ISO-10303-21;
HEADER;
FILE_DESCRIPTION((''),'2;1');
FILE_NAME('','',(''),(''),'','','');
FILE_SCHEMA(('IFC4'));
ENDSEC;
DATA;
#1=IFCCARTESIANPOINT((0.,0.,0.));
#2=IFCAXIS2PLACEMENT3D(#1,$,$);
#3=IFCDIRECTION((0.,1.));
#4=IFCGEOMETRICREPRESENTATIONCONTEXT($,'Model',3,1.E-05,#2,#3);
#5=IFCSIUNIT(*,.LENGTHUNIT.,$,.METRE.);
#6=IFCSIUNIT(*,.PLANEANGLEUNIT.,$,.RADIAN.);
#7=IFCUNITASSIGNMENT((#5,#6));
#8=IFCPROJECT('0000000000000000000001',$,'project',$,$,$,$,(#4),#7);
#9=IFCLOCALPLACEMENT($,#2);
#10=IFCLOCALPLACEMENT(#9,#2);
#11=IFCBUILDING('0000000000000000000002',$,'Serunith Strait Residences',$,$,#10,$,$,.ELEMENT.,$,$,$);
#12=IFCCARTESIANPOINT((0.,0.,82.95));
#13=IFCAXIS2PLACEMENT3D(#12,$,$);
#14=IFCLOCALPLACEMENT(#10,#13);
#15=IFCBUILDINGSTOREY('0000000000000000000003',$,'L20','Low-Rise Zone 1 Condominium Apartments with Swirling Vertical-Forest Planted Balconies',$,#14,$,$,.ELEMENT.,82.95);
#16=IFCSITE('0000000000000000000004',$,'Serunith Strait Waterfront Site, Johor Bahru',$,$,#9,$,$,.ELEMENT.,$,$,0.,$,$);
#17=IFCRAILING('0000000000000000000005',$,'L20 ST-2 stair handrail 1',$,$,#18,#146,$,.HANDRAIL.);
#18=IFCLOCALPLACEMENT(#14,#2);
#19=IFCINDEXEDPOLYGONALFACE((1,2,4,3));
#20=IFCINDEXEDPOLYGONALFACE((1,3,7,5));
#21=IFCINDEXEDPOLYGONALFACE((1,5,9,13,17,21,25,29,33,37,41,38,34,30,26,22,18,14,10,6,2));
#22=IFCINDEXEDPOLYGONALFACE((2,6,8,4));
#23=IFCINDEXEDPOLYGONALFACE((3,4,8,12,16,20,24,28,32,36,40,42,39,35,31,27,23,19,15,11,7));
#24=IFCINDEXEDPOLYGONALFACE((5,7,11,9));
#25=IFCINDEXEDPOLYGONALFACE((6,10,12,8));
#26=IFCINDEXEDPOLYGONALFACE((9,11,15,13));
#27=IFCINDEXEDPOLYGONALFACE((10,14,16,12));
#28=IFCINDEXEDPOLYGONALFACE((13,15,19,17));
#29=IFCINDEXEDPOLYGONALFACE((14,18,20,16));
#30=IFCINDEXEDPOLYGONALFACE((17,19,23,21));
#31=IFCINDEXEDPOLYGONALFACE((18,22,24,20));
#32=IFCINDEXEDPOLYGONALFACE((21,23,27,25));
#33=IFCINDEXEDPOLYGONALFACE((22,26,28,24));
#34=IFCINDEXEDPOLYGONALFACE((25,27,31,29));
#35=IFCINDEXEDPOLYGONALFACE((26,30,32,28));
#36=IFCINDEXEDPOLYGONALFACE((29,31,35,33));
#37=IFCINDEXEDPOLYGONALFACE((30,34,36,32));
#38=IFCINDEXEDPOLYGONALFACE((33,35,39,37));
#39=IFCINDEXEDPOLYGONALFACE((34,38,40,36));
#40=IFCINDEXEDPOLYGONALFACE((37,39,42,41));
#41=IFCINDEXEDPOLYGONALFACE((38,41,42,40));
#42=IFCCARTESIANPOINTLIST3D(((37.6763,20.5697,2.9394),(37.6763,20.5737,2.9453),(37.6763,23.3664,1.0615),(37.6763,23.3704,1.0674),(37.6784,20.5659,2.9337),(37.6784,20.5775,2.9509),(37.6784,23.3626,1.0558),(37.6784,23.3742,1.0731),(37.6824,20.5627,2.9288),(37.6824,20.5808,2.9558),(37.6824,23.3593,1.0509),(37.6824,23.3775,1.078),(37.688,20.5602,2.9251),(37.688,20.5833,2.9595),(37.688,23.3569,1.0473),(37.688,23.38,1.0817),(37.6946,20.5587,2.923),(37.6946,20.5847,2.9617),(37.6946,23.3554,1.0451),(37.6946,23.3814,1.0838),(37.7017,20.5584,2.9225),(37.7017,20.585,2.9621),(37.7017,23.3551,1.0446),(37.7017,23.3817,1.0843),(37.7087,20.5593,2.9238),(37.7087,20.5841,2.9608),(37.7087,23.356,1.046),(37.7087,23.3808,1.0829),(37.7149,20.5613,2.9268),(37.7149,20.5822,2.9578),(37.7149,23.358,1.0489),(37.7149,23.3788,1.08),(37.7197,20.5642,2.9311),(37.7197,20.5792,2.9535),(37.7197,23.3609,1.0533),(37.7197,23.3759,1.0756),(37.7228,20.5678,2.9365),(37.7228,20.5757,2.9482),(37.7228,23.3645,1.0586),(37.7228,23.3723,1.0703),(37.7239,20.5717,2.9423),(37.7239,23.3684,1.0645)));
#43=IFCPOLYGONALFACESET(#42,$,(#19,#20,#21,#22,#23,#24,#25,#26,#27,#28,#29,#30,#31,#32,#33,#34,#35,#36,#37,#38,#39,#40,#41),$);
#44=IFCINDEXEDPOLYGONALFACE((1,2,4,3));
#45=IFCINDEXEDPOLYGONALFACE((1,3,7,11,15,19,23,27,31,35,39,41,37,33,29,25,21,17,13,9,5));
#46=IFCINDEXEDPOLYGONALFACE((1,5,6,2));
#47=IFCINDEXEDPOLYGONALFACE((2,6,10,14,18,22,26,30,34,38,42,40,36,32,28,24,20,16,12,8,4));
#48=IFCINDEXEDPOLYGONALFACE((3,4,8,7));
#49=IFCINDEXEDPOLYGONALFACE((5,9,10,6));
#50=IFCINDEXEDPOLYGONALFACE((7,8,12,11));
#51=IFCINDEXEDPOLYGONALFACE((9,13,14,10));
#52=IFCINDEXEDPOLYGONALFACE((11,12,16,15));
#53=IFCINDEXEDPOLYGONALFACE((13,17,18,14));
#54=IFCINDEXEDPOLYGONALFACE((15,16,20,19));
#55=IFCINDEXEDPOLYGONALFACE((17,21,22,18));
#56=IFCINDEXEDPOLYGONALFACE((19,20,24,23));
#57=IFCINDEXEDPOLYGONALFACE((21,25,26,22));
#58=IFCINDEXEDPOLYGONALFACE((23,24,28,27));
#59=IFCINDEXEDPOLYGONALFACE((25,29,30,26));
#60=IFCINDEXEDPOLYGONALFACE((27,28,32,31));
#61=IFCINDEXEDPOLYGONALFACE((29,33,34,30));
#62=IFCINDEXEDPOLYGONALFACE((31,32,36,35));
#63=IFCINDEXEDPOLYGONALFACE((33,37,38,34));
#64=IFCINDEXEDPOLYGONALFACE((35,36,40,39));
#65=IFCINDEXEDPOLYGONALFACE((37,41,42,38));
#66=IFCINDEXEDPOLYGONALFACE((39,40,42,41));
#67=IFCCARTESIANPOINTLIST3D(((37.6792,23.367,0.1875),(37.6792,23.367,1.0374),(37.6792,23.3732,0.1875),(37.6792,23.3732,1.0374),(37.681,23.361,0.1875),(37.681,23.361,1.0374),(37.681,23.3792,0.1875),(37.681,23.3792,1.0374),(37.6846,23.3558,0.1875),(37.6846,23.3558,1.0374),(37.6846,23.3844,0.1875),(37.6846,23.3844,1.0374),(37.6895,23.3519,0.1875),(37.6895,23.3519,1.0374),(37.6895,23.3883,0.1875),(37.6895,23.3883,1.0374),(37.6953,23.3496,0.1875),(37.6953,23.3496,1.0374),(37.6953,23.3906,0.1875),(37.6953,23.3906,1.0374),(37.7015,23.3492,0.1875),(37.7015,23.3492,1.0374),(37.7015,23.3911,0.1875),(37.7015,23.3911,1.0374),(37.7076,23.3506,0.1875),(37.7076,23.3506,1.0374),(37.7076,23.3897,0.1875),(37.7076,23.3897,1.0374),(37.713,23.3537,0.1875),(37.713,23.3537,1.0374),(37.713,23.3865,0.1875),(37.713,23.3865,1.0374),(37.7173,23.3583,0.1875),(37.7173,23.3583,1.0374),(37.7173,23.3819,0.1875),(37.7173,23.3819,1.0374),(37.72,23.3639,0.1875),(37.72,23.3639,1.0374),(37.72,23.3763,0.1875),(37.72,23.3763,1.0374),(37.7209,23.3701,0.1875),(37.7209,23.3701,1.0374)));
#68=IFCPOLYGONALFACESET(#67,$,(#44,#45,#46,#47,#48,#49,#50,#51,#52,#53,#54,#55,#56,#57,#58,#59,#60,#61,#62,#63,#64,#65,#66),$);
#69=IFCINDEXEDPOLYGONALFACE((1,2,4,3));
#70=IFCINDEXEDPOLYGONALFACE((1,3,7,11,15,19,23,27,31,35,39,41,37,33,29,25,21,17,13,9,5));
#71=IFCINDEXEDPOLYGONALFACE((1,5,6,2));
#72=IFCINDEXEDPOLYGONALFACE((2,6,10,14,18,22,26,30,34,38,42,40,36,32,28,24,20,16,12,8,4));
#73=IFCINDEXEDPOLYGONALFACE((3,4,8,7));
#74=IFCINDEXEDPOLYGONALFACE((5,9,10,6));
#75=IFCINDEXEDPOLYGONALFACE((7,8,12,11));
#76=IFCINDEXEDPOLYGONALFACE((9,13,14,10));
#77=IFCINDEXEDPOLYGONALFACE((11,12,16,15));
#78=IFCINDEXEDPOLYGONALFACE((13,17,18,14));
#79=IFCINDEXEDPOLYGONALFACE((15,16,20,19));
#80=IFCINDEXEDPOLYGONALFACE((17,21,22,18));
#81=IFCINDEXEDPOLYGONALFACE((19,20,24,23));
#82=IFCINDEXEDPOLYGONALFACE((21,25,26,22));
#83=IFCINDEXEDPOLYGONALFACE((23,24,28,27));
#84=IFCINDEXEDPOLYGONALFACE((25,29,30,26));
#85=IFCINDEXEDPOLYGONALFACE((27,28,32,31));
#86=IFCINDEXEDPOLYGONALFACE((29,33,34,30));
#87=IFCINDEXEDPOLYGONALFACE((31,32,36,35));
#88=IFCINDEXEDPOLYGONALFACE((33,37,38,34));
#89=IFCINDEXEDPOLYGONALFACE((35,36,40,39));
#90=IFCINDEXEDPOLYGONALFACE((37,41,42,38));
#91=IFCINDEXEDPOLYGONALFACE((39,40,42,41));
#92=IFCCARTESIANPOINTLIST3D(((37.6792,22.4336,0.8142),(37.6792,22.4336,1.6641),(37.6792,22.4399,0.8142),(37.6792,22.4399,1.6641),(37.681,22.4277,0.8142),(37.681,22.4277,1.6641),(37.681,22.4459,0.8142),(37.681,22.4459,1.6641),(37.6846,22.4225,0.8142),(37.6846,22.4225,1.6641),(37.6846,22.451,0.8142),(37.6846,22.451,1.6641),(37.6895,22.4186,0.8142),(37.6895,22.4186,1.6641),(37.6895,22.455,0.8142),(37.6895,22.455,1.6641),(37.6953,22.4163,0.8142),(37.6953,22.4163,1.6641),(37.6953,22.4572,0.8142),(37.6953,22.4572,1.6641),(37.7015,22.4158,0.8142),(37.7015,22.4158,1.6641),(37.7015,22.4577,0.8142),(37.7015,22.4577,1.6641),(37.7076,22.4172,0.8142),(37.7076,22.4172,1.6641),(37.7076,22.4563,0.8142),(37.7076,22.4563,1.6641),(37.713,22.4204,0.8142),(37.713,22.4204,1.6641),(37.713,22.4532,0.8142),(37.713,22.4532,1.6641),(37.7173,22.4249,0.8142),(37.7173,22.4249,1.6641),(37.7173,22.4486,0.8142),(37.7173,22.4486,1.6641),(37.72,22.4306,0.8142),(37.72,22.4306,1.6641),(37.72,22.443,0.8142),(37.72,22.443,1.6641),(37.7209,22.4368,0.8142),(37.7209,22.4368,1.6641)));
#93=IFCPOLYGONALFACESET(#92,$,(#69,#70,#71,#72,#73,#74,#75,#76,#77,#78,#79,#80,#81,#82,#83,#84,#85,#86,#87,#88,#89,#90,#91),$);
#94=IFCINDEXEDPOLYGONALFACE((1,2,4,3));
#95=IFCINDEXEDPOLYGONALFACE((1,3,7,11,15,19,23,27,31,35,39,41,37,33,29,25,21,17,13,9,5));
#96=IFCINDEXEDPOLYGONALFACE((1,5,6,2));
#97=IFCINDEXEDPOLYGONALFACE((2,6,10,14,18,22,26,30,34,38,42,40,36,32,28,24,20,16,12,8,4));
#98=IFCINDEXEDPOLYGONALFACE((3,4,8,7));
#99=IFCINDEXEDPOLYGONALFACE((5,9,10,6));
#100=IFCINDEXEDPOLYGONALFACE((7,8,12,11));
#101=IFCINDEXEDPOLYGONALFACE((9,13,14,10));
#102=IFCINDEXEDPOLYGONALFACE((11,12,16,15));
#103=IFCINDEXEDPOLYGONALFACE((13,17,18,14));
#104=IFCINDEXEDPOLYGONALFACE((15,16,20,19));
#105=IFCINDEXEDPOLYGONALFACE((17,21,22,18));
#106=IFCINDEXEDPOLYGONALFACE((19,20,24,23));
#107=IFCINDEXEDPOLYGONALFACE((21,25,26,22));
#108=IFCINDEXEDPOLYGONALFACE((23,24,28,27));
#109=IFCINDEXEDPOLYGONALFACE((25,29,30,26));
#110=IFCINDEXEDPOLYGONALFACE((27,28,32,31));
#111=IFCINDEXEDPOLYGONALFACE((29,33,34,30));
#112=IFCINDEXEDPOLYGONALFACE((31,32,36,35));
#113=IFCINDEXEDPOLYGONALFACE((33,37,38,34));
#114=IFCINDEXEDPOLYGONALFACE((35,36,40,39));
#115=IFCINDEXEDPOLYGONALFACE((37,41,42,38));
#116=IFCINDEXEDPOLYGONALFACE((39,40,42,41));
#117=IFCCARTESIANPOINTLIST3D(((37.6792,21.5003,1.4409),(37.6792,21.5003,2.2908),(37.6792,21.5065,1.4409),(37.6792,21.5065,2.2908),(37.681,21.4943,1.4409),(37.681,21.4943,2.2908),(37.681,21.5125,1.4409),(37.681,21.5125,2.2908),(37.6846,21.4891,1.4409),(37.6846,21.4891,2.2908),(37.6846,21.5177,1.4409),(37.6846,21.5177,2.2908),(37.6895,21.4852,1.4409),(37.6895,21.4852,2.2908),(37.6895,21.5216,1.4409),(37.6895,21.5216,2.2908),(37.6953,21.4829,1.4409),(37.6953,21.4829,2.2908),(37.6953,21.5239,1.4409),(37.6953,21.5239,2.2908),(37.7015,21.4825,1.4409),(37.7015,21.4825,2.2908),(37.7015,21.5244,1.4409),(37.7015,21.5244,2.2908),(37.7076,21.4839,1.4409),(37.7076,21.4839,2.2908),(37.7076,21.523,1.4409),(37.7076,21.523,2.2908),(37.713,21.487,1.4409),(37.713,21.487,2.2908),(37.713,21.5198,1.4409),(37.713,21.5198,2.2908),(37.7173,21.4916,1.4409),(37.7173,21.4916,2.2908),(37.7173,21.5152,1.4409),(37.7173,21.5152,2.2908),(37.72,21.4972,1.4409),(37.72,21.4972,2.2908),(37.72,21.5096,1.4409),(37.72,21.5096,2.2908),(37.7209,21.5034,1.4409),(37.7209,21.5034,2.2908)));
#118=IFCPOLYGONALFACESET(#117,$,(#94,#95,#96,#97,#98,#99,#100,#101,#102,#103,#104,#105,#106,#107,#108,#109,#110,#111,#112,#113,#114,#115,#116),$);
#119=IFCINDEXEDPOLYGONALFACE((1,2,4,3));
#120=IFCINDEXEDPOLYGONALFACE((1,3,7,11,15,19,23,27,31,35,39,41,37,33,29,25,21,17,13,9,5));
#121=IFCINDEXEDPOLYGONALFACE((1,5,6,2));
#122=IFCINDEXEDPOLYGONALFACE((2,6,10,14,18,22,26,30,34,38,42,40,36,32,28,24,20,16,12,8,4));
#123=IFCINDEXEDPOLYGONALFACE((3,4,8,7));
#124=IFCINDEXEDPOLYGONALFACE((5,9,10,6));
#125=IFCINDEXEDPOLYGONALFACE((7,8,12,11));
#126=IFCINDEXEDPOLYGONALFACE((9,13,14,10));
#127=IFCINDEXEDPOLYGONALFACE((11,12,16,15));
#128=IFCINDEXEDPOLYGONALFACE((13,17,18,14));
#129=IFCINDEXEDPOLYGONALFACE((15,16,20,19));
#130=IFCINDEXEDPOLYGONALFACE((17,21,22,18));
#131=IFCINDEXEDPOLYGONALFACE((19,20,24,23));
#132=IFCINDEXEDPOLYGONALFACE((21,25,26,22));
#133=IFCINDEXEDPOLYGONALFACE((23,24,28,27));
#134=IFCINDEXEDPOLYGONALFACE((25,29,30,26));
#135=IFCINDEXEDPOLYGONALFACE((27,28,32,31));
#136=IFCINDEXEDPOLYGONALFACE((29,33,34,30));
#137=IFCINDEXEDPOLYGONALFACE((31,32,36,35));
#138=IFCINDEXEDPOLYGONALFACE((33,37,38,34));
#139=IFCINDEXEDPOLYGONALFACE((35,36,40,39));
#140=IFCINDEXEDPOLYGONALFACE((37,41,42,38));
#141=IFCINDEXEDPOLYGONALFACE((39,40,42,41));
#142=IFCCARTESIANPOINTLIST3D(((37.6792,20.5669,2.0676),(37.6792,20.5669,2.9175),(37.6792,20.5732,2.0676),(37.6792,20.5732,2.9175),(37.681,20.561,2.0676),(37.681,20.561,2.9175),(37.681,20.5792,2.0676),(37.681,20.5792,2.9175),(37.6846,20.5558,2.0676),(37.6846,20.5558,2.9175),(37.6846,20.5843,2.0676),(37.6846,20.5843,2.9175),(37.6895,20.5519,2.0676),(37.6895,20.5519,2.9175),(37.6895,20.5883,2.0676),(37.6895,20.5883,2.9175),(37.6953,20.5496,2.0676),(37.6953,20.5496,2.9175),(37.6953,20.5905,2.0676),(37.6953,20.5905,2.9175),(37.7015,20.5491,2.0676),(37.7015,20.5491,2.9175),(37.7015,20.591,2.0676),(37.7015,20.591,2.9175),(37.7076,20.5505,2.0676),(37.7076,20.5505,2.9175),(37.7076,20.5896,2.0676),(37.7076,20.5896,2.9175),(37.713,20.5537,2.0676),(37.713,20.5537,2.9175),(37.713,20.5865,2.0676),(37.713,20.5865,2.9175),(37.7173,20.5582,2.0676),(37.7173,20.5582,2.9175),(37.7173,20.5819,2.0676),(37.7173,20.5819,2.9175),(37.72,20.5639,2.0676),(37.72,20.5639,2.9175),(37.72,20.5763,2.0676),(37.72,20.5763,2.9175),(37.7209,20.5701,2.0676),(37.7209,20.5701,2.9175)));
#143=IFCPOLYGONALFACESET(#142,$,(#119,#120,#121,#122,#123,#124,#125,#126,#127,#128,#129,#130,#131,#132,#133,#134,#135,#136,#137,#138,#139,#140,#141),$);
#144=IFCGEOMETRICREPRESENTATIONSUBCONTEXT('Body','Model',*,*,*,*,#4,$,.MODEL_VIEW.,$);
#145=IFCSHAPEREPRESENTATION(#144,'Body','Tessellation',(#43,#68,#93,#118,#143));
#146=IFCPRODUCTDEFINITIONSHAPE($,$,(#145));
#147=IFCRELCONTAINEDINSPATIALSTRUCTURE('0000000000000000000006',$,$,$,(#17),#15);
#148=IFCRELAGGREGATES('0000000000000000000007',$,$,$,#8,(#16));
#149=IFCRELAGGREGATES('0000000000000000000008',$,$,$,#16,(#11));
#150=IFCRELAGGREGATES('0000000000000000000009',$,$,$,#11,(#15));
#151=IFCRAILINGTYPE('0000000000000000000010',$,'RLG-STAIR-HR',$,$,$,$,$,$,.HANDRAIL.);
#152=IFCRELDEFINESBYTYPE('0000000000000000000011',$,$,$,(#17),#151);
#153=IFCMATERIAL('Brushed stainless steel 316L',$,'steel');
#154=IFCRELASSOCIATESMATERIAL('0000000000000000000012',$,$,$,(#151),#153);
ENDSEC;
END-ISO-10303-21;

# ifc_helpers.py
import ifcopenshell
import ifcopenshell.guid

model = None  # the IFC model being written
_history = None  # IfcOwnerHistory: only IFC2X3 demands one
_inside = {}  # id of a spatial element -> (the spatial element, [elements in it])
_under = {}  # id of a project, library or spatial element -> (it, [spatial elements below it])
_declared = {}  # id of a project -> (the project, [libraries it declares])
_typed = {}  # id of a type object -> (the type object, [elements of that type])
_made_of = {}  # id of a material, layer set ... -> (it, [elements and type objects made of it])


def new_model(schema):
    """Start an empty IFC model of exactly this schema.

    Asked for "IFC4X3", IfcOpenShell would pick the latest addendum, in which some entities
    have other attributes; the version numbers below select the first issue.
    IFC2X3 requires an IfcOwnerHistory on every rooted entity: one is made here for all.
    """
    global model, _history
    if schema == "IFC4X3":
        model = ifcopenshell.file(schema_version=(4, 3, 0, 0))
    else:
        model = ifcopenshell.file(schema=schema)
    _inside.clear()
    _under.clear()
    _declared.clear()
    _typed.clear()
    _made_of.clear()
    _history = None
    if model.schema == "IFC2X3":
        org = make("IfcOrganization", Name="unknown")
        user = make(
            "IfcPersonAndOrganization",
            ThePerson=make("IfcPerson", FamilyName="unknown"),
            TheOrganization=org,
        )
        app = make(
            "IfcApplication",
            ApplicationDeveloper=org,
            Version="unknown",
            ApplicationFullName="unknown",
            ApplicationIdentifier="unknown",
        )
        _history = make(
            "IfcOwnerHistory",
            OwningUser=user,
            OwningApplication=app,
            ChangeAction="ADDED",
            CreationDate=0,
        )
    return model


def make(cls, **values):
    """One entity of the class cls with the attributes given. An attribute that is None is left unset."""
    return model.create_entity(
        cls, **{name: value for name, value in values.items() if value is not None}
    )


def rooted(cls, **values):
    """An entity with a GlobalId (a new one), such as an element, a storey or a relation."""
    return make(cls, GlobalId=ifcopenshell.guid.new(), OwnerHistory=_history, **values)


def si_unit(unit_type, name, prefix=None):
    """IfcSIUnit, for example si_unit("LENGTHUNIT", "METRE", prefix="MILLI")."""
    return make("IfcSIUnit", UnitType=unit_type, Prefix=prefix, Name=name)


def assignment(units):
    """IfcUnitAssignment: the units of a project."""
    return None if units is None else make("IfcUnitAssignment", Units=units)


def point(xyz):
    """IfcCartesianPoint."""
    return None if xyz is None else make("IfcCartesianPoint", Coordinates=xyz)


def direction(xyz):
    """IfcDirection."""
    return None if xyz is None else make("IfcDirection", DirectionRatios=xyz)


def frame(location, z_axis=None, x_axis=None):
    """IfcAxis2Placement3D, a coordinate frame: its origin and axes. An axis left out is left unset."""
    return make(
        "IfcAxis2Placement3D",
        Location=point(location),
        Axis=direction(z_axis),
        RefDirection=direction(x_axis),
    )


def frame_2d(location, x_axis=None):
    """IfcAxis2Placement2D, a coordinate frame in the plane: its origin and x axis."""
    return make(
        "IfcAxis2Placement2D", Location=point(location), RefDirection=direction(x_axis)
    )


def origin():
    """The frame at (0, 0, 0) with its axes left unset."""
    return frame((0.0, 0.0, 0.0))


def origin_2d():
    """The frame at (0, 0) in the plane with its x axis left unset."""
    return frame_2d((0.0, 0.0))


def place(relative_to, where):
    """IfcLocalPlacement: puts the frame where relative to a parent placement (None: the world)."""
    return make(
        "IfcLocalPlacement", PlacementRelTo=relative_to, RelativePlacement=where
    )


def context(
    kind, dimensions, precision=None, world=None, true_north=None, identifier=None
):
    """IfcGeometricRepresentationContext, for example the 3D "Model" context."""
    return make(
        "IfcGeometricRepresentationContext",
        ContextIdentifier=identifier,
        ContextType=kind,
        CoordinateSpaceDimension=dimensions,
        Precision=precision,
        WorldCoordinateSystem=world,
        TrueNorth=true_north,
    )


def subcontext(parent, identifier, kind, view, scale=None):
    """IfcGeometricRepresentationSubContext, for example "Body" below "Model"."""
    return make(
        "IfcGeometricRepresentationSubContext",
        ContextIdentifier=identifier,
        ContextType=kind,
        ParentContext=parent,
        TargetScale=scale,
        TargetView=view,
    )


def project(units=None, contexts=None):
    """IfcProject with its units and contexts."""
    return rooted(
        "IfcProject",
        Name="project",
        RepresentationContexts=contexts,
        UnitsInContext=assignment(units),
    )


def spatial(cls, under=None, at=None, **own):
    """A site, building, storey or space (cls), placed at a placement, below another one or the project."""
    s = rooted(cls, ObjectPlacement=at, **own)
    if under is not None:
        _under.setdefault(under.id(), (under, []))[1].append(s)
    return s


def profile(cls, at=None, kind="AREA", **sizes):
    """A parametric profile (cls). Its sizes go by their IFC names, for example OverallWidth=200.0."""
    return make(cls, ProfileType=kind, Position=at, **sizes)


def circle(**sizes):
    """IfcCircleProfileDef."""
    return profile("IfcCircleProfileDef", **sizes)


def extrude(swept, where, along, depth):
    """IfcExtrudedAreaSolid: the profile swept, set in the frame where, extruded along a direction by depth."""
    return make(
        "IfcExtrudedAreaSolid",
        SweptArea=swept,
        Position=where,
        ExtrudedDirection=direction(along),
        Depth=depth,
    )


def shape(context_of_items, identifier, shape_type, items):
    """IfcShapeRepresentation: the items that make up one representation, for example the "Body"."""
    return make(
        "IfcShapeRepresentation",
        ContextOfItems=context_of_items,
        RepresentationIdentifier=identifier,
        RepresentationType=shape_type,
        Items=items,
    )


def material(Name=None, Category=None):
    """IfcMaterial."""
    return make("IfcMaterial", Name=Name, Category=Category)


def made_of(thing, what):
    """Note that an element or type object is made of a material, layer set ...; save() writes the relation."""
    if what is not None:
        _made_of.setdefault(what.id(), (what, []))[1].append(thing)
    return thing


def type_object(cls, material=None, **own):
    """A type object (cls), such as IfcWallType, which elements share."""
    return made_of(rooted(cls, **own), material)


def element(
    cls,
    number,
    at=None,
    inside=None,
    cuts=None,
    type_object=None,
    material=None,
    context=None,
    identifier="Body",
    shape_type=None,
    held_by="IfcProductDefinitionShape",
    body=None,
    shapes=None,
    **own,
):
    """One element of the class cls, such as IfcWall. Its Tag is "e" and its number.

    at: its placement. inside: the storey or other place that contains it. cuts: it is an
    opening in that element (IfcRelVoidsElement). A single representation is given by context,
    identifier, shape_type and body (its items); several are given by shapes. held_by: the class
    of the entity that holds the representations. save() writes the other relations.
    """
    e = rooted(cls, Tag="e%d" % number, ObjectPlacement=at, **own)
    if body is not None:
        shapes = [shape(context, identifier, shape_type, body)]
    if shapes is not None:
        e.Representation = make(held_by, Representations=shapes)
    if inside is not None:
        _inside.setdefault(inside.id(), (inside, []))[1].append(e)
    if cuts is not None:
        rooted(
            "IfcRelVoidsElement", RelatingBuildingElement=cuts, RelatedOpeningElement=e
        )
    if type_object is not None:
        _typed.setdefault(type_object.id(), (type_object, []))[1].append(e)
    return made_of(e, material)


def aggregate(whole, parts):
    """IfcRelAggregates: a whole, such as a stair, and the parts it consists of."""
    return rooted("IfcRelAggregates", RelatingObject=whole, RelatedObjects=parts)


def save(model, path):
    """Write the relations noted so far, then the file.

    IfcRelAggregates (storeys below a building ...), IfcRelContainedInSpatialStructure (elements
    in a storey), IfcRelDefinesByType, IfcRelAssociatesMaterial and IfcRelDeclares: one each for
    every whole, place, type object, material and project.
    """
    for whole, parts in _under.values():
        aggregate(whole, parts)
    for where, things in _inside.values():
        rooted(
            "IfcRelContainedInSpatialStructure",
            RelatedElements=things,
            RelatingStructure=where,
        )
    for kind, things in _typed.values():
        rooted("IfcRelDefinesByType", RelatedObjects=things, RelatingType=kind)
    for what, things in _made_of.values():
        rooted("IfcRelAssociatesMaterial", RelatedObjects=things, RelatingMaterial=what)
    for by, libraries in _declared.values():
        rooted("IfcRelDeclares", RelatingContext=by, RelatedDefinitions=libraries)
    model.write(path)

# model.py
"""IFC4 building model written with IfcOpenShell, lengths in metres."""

from ifc_helpers import new_model, si_unit, direction, frame, origin, origin_2d, place, context, subcontext, project, spatial, circle, extrude, material, type_object, element, save


model = new_model("IFC4")

# Units and contexts
model_context = context("Model", 3, precision=1e-05, world=origin(), true_north=direction((0.0, 1.0)))
body_context = subcontext(model_context, "Body", "Model", "MODEL_VIEW")
ifc_project = project(units=[si_unit("LENGTHUNIT", "METRE"), si_unit("PLANEANGLEUNIT", "RADIAN")], contexts=[model_context])

# Site, building, storey
site_placement = place(None, origin())
site = spatial("IfcSite", under=ifc_project, at=site_placement, Name="Serunith Strait Waterfront Site, Johor Bahru", CompositionType="ELEMENT", RefElevation=0.0)
building_placement = place(site_placement, origin())
building = spatial("IfcBuilding", under=site, at=building_placement, Name="Serunith Strait Residences", CompositionType="ELEMENT")
storey_placement = place(building_placement, frame((0.0, 0.0, 82.95)))
storey = spatial("IfcBuildingStorey", under=building, at=storey_placement, Name="L20", Description="Low-Rise Zone 1 Condominium Apartments with Swirling Vertical-Forest Planted Balconies", CompositionType="ELEMENT", Elevation=82.95)

# Railing
ifc_material_1 = material(Name="Brushed stainless steel 316L", Category="steel")
railing_type_1 = type_object("IfcRailingType", Name="RLG-STAIR-HR", PredefinedType="HANDRAIL", material=ifc_material_1)
railing_1_placement = place(storey_placement, frame((37.7, 23.3701, 0.1875)))
element("IfcRailing", 1, at=railing_1_placement, inside=storey, type_object=railing_type_1, Name="L20 ST-2 stair handrail 1", PredefinedType="HANDRAIL", context=body_context, shape_type="SweptSolid", body=[
    extrude(circle(Radius=0.0239, at=origin_2d()), frame((0.0, -0.0017, 0.877), z_axis=(0.0, -0.830208, 0.557453), x_axis=(1.0, 0.0, 0.0)), (0.0, 0.0, 1.0), 3.3687),
    extrude(circle(Radius=0.021, at=origin_2d()), origin(), (0.0, 0.0, 1.0), 0.8499),
    extrude(circle(Radius=0.021, at=origin_2d()), frame((0.0, -0.9333, 0.6267)), (0.0, 0.0, 1.0), 0.8499),
    extrude(circle(Radius=0.021, at=origin_2d()), frame((0.0, -1.8667, 1.2534)), (0.0, 0.0, 1.0), 0.8499),
    extrude(circle(Radius=0.021, at=origin_2d()), frame((0.0, -2.8, 1.8801)), (0.0, 0.0, 1.0), 0.8499),
])

save(model, "model.ifc")
